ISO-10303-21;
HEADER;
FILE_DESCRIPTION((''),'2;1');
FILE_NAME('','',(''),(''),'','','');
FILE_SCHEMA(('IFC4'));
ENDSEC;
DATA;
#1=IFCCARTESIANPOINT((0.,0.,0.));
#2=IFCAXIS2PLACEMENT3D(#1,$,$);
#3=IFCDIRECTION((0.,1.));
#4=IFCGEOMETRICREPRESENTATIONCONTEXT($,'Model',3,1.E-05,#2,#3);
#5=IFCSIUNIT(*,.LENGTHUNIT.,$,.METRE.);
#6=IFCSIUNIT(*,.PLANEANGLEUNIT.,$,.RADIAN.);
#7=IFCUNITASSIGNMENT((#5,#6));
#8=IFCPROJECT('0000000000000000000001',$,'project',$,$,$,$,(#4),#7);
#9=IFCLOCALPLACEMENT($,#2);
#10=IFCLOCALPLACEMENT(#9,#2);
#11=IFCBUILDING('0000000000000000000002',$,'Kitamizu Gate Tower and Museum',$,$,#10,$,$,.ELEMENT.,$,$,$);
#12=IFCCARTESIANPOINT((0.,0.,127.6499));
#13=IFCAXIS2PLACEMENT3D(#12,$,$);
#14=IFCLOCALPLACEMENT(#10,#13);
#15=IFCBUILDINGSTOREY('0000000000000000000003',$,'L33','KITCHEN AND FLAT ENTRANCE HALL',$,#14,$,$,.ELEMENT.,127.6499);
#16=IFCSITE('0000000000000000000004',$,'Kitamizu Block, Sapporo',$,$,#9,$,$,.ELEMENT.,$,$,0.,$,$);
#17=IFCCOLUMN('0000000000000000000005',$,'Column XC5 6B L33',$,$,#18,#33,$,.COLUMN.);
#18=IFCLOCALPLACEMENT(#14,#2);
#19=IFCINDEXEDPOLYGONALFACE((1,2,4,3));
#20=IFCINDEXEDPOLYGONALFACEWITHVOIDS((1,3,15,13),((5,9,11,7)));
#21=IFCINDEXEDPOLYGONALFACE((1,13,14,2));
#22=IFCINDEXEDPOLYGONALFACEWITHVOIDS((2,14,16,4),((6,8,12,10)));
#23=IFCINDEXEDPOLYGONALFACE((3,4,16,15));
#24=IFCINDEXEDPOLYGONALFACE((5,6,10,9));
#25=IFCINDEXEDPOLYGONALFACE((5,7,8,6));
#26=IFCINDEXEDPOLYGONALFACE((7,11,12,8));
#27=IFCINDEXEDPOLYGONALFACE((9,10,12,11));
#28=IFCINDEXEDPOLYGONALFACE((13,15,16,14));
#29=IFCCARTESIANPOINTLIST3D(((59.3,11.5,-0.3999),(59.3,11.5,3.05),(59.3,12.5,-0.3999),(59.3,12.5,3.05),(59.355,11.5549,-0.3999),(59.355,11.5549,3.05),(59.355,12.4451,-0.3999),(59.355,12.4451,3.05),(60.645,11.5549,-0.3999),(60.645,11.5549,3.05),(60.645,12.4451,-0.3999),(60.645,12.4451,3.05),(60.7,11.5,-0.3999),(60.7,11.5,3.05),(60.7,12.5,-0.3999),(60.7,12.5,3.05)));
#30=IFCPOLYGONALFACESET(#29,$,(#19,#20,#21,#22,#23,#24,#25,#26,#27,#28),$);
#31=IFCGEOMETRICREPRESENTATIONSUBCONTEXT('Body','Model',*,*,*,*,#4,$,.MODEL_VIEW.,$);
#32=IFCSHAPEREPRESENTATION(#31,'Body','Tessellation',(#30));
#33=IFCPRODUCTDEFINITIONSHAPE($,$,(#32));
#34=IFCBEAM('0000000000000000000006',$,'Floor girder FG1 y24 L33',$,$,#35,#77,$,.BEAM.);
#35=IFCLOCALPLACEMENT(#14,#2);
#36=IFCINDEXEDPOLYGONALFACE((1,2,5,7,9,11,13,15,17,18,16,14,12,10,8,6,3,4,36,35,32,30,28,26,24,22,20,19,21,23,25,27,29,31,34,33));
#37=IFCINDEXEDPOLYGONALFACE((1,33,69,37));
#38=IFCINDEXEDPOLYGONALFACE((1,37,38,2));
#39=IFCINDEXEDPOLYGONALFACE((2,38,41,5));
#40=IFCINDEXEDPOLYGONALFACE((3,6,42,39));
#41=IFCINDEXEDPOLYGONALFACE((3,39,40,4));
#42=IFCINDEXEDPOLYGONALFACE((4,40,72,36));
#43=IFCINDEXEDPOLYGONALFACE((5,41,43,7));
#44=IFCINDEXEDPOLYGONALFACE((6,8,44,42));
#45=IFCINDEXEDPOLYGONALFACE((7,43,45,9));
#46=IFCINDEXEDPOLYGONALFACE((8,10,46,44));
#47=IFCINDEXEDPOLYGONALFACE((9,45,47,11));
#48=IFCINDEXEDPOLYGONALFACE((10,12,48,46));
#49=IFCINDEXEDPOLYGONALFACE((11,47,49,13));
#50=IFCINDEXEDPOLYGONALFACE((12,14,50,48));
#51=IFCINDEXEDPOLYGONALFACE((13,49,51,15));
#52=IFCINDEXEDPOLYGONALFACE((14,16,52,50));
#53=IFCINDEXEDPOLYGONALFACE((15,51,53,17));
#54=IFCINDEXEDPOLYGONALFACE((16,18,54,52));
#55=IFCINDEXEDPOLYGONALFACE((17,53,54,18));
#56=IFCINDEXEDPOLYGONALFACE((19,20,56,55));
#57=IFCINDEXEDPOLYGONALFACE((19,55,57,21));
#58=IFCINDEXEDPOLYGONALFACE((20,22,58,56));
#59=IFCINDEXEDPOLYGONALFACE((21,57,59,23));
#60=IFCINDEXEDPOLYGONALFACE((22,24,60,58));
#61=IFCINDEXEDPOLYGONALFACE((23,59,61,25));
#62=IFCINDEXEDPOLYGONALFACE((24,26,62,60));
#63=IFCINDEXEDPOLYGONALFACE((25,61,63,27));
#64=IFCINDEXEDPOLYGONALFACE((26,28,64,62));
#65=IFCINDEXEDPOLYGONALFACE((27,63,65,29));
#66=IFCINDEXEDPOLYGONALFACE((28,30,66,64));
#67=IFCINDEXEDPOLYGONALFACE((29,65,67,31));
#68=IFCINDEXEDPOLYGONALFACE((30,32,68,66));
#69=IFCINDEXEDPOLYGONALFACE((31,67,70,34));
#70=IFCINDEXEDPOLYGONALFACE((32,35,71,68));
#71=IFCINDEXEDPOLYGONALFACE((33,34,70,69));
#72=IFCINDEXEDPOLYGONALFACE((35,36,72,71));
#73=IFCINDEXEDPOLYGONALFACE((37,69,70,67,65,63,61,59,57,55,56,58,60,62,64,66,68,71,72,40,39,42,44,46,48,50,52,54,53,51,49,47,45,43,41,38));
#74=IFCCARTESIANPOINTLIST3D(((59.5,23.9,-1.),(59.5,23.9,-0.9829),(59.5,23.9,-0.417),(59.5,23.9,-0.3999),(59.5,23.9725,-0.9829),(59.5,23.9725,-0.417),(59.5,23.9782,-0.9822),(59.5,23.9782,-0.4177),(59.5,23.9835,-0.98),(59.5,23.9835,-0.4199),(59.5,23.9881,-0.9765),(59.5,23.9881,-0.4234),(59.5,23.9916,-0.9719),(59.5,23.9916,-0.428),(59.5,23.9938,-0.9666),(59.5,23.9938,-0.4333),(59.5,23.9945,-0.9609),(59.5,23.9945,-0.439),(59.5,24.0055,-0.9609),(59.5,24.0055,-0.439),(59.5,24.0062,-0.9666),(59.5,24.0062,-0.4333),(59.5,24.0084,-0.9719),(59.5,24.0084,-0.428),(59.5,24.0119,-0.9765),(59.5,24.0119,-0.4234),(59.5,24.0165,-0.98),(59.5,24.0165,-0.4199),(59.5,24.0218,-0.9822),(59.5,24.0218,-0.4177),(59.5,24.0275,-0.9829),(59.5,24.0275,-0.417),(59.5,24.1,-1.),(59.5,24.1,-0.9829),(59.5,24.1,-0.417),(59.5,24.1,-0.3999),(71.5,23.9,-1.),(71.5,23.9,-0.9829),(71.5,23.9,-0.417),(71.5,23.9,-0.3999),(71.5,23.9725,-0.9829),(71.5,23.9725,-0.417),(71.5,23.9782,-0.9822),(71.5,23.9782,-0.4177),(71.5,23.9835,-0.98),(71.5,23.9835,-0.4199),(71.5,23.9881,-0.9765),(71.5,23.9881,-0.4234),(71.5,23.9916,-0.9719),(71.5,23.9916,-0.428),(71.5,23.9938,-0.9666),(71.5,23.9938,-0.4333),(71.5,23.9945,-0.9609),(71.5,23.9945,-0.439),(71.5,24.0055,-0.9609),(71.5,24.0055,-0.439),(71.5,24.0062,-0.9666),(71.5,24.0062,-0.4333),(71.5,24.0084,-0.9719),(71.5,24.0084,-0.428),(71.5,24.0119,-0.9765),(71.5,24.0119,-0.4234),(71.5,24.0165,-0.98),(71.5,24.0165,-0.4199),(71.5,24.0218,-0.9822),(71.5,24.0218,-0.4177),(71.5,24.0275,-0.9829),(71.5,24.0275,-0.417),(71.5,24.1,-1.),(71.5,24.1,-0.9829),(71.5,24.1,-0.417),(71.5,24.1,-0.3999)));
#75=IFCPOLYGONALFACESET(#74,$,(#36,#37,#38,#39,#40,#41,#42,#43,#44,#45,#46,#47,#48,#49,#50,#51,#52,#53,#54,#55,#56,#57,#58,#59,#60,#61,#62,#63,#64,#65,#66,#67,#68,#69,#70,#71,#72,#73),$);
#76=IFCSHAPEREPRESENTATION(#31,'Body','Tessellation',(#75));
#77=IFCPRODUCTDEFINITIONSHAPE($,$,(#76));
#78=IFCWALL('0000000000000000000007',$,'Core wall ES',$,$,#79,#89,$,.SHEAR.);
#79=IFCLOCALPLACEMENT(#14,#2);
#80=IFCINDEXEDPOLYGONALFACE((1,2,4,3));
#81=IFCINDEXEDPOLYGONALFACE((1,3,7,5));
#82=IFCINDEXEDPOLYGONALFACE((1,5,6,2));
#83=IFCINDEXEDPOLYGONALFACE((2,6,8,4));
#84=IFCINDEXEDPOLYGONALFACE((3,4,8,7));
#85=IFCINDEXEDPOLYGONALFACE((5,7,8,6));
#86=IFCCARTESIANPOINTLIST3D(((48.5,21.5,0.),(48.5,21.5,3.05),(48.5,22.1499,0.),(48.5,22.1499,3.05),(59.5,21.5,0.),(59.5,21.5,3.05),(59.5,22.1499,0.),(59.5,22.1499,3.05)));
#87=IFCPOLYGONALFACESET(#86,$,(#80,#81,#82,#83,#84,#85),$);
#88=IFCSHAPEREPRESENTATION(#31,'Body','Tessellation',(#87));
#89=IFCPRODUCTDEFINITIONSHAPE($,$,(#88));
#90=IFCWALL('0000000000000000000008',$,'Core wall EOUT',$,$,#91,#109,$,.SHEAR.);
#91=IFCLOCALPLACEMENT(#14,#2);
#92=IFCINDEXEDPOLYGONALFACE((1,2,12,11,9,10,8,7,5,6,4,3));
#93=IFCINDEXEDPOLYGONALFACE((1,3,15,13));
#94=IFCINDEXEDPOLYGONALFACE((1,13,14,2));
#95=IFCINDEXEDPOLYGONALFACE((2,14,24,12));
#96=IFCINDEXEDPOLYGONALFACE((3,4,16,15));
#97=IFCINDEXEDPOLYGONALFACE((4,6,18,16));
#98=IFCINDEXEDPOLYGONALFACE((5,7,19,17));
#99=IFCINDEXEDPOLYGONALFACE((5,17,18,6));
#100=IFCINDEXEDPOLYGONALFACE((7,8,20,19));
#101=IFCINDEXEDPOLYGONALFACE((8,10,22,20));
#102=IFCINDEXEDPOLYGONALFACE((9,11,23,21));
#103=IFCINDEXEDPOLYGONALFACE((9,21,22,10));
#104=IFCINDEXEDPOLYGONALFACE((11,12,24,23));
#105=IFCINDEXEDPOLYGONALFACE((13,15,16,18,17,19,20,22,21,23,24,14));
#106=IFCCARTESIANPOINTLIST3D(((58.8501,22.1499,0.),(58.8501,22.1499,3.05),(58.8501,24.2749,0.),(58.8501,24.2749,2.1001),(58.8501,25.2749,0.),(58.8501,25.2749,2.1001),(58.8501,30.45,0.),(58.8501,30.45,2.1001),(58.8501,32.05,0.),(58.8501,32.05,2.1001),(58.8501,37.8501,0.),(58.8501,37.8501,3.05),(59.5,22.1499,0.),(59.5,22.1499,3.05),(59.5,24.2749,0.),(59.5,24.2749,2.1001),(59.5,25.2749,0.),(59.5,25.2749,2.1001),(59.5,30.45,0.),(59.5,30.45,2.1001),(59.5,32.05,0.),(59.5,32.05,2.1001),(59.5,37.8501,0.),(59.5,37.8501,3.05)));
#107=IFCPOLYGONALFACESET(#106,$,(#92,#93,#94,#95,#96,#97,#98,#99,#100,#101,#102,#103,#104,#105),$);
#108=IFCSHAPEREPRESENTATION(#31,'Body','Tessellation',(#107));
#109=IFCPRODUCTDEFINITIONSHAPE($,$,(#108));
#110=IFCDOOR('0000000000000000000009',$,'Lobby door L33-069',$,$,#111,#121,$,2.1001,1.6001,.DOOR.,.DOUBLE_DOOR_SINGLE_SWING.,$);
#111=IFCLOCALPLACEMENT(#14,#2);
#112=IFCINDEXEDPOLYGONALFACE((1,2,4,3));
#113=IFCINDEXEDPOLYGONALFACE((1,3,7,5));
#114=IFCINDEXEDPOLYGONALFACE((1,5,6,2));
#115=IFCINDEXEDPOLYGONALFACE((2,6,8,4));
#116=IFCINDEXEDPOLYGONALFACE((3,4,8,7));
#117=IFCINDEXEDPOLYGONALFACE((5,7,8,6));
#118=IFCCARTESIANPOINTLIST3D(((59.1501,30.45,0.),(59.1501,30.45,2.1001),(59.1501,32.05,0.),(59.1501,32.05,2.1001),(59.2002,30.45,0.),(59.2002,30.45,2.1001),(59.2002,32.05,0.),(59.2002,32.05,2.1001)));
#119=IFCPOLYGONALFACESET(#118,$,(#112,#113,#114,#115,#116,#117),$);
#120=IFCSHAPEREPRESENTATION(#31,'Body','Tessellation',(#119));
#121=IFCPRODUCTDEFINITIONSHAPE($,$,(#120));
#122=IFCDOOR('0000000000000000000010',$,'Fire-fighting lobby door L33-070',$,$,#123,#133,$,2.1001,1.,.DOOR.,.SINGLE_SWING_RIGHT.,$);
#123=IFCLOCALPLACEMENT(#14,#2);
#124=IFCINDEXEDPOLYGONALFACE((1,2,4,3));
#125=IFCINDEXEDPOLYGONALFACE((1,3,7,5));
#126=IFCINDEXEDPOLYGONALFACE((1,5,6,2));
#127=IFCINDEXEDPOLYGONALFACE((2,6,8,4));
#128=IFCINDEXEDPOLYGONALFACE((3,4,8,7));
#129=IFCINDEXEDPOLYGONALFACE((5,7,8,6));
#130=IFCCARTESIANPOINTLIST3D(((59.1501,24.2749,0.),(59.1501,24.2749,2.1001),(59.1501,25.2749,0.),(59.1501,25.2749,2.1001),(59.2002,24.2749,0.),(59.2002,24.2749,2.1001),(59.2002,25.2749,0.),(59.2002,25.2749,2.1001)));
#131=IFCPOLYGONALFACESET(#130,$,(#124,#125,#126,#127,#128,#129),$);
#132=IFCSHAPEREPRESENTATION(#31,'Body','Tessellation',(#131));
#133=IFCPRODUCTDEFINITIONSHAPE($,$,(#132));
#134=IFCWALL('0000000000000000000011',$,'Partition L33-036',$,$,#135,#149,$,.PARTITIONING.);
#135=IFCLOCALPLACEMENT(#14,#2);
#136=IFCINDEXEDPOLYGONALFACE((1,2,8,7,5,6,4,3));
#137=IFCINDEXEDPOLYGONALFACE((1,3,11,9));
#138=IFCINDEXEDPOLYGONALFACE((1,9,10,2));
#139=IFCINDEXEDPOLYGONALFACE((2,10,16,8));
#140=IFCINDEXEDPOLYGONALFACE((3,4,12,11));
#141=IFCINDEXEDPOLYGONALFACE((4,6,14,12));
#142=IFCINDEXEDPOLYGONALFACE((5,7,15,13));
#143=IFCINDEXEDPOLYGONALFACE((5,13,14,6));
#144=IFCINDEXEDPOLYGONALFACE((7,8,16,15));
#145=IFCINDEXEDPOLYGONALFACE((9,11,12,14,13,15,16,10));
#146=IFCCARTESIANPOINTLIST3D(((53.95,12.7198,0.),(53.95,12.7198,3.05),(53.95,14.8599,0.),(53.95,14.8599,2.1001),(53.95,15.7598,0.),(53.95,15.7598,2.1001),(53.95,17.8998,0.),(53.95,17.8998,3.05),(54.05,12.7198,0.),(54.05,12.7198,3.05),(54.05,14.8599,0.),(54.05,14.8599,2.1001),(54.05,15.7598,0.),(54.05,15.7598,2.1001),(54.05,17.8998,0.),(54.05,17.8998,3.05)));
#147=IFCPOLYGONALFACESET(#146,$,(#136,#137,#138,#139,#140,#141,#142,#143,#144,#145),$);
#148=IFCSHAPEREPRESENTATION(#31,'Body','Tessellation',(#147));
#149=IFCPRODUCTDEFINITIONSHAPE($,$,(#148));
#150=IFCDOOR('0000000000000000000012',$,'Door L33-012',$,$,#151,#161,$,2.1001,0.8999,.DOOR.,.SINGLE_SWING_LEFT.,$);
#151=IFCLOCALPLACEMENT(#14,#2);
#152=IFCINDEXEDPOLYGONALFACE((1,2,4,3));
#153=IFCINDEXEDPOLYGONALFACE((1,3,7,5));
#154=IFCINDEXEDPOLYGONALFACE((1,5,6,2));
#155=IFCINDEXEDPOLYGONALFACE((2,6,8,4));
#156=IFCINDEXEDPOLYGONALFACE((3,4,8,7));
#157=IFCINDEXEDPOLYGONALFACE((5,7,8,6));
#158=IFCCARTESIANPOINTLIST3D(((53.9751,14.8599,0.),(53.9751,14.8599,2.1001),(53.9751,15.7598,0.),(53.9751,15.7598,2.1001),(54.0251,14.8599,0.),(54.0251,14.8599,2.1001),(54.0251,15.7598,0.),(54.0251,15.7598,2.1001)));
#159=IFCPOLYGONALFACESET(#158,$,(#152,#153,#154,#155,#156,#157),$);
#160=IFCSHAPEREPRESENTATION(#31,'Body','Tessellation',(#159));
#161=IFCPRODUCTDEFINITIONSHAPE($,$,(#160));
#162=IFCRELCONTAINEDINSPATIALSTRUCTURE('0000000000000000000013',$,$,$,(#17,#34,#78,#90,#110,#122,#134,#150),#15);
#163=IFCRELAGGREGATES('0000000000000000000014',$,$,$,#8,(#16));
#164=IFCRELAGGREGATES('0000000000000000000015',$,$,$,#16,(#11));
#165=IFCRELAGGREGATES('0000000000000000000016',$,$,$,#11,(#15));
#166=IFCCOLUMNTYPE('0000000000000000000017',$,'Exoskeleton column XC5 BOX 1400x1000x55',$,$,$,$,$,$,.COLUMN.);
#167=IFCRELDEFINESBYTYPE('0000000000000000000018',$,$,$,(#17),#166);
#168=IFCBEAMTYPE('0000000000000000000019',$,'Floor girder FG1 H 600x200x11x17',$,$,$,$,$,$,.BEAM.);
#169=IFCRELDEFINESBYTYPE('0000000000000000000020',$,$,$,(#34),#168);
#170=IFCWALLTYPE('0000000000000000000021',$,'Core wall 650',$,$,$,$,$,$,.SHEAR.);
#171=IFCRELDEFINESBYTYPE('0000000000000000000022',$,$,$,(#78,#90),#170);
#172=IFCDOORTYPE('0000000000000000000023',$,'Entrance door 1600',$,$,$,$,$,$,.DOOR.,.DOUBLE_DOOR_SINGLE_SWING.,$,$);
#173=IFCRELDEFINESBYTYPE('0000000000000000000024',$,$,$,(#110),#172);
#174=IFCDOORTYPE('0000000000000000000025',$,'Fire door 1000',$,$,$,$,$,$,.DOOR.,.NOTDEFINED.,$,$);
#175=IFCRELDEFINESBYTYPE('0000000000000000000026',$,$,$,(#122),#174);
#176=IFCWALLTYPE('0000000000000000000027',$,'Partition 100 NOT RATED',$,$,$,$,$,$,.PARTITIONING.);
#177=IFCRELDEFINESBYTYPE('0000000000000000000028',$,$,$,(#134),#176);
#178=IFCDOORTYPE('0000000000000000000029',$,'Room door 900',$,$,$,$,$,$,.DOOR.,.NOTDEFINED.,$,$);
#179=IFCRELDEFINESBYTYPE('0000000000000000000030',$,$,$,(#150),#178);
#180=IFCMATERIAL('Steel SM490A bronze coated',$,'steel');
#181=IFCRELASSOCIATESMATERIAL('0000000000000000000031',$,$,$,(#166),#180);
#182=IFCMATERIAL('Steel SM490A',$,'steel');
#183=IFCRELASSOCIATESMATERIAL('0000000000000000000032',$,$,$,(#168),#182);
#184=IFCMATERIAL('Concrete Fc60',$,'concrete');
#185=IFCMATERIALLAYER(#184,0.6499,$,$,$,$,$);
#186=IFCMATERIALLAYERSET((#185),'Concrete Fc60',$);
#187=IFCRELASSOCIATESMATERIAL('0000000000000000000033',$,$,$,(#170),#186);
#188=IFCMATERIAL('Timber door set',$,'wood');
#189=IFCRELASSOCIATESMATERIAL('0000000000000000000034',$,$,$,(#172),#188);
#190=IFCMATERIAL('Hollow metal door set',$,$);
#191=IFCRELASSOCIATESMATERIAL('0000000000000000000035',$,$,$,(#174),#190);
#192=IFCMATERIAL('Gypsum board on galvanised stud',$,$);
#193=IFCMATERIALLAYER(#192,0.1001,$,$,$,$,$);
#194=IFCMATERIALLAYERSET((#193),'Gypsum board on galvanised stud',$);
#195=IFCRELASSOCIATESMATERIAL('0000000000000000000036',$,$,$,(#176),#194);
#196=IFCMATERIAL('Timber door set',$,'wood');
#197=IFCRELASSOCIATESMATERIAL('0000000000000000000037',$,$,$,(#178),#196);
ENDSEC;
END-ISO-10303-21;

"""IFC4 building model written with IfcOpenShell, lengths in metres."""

from ifc_helpers import new_model, si_unit, direction, frame, frame_2d, origin, origin_2d, place, context, subcontext, project, spatial, rectangle, hollow_rectangle, i_section, extrude, material, layer, layer_set, material_profile, profile_set, type_object, element, fill, save


model = new_model("IFC4")

# Units and contexts
model_context = context("Model", 3, precision=1e-05, world=origin(), true_north=direction((0.0, 1.0)))
body_context = subcontext(model_context, "Body", "Model", "MODEL_VIEW")
ifc_project = project(units=[si_unit("LENGTHUNIT", "METRE"), si_unit("PLANEANGLEUNIT", "RADIAN")], contexts=[model_context])

# Site, building, storey
site_placement = place(None, origin())
site = spatial("IfcSite", under=ifc_project, at=site_placement, Name="Kitamizu Block, Sapporo", CompositionType="ELEMENT", RefElevation=0.0)
building_placement = place(site_placement, origin())
building = spatial("IfcBuilding", under=site, at=building_placement, Name="Kitamizu Gate Tower and Museum", CompositionType="ELEMENT")
storey_placement = place(building_placement, frame((0.0, 0.0, 127.6499)))
storey = spatial("IfcBuildingStorey", under=building, at=storey_placement, Name="L33", Description="KITCHEN AND FLAT ENTRANCE HALL", CompositionType="ELEMENT", Elevation=127.6499)

# Column
ifc_material_1 = material(Name="Steel SM490A bronze coated", Category="steel")
ifc_material_profile_1 = material_profile(ifc_material_1, hollow_rectangle(XDim=1.3999, YDim=1.0, WallThickness=0.0549, at=origin_2d()), Name="BOX 1400x1000x55")
ifc_profile_set_1 = profile_set([ifc_material_profile_1], Name="Steel SM490A bronze coated")
column_type = type_object("IfcColumnType", Name="Exoskeleton column XC5 BOX 1400x1000x55", PredefinedType="COLUMN", material=ifc_profile_set_1)
column_placement = place(storey_placement, frame((60.0, 12.0, -0.3999), z_axis=(0.0, 0.0, 1.0), x_axis=(1.0, 0.0, 0.0)))
element("IfcColumn", 1, at=column_placement, inside=storey, type_object=column_type, Name="Column XC5 6B L33", PredefinedType="COLUMN", context=body_context, shape_type="SweptSolid", body=[
    extrude(hollow_rectangle(XDim=1.3999, YDim=1.0, WallThickness=0.0549, at=origin_2d()), origin(), (0.0, 0.0, 1.0), 3.45),
])

# Beam
ifc_material_2 = material(Name="Steel SM490A", Category="steel")
ifc_material_profile_2 = material_profile(ifc_material_2, i_section(OverallWidth=0.2, OverallDepth=0.6001, WebThickness=0.011, FlangeThickness=0.0171, FilletRadius=0.022, at=origin_2d()), Name="H-600x200x11x17")
ifc_profile_set_2 = profile_set([ifc_material_profile_2], Name="Steel SM490A")
beam_type = type_object("IfcBeamType", Name="Floor girder FG1 H 600x200x11x17", PredefinedType="BEAM", material=ifc_profile_set_2)
beam_placement = place(storey_placement, frame((59.5, 24.0, -0.7), z_axis=(1.0, 0.0, 0.0), x_axis=(0.0, 1.0, 0.0)))
element("IfcBeam", 2, at=beam_placement, inside=storey, type_object=beam_type, Name="Floor girder FG1 y24 L33", PredefinedType="BEAM", context=body_context, shape_type="SweptSolid", body=[
    extrude(i_section(OverallWidth=0.2, OverallDepth=0.6001, WebThickness=0.011, FlangeThickness=0.0171, FilletRadius=0.022, at=origin_2d()), origin(), (0.0, 0.0, 1.0), 12.0),
])

# Wall
ifc_material_3 = material(Name="Concrete Fc60", Category="concrete")
ifc_layer_1 = layer(ifc_material_3, 0.6499)
ifc_layer_set_1 = layer_set([ifc_layer_1], Name="Concrete Fc60")
wall_type_1 = type_object("IfcWallType", Name="Core wall 650", PredefinedType="SHEAR", material=ifc_layer_set_1)
wall_1_placement = place(storey_placement, frame((59.5, 21.825, 0.0), z_axis=(0.0, 0.0, 1.0), x_axis=(-1.0, 0.0, 0.0)))
element("IfcWall", 3, at=wall_1_placement, inside=storey, type_object=wall_type_1, Name="Core wall ES", PredefinedType="SHEAR", context=body_context, shape_type="SweptSolid", body=[
    extrude(rectangle(XDim=11.0, YDim=0.6499, at=frame_2d((5.5, 0.0))), origin(), (0.0, 0.0, 1.0), 3.05),
])

# Wall, openings, doors
wall_2_placement = place(storey_placement, frame((59.175, 22.1499, 0.0), z_axis=(0.0, 0.0, 1.0), x_axis=(0.0, 1.0, 0.0)))
wall_2 = element("IfcWall", 4, at=wall_2_placement, inside=storey, type_object=wall_type_1, Name="Core wall EOUT", PredefinedType="SHEAR", context=body_context, shape_type="SweptSolid", body=[
    extrude(rectangle(XDim=15.7002, YDim=0.6499, at=frame_2d((7.8501, 0.0))), origin(), (0.0, 0.0, 1.0), 3.05),
])
opening_1_placement = place(wall_2_placement, frame((8.3, 0.0, 0.0)))
opening_1 = element("IfcOpeningElement", 5, at=opening_1_placement, cuts=wall_2, PredefinedType="OPENING", context=body_context, shape_type="SweptSolid", body=[
    extrude(rectangle(XDim=1.6001, YDim=2.1001, at=frame_2d((0.8, 1.05))), frame((0.0, 0.335, 0.0), z_axis=(0.0, -1.0, 0.0), x_axis=(1.0, 0.0, 0.0)), (0.0, 0.0, 1.0), 0.6699),
])
opening_2_placement = place(wall_2_placement, frame((2.125, 0.0, 0.0)))
opening_2 = element("IfcOpeningElement", 6, at=opening_2_placement, cuts=wall_2, PredefinedType="OPENING", context=body_context, shape_type="SweptSolid", body=[
    extrude(rectangle(XDim=1.0, YDim=2.1001, at=frame_2d((0.5, 1.05))), frame((0.0, 0.335, 0.0), z_axis=(0.0, -1.0, 0.0), x_axis=(1.0, 0.0, 0.0)), (0.0, 0.0, 1.0), 0.6699),
])
ifc_material_4 = material(Name="Timber door set", Category="wood")
door_type_1 = type_object("IfcDoorType", Name="Entrance door 1600", OperationType="DOUBLE_DOOR_SINGLE_SWING", PredefinedType="DOOR", material=ifc_material_4)
door_1_placement = place(opening_1_placement, origin())
door_1 = element("IfcDoor", 7, at=door_1_placement, inside=storey, type_object=door_type_1, Name="Lobby door L33-069", OperationType="DOUBLE_DOOR_SINGLE_SWING", OverallHeight=2.1001, OverallWidth=1.6001, PredefinedType="DOOR", context=body_context, shape_type="SweptSolid", body=[
    extrude(rectangle(XDim=1.6001, YDim=2.1001, at=frame_2d((0.8, 1.05))), frame((0.0, 0.0249, 0.0), z_axis=(0.0, -1.0, 0.0), x_axis=(1.0, 0.0, 0.0)), (0.0, 0.0, 1.0), 0.05),
])
fill(opening_1, door_1)
ifc_material_5 = material(Name="Hollow metal door set")
door_type_2 = type_object("IfcDoorType", Name="Fire door 1000", OperationType="NOTDEFINED", PredefinedType="DOOR", material=ifc_material_5)
door_2_placement = place(opening_2_placement, origin())
door_2 = element("IfcDoor", 8, at=door_2_placement, inside=storey, type_object=door_type_2, Name="Fire-fighting lobby door L33-070", OperationType="SINGLE_SWING_RIGHT", OverallHeight=2.1001, OverallWidth=1.0, PredefinedType="DOOR", context=body_context, shape_type="SweptSolid", body=[
    extrude(rectangle(XDim=1.0, YDim=2.1001, at=frame_2d((0.5, 1.05))), frame((0.0, 0.0249, 0.0), z_axis=(0.0, -1.0, 0.0), x_axis=(1.0, 0.0, 0.0)), (0.0, 0.0, 1.0), 0.05),
])
fill(opening_2, door_2)

# Wall, opening, door
ifc_material_6 = material(Name="Gypsum board on galvanised stud")
ifc_layer_2 = layer(ifc_material_6, 0.1001)
ifc_layer_set_2 = layer_set([ifc_layer_2], Name="Gypsum board on galvanised stud")
wall_type_2 = type_object("IfcWallType", Name="Partition 100 NOT RATED", PredefinedType="PARTITIONING", material=ifc_layer_set_2)
wall_3_placement = place(storey_placement, frame((54.0, 12.72, 0.0), z_axis=(0.0, 0.0, 1.0), x_axis=(0.0, 1.0, 0.0)))
wall_3 = element("IfcWall", 9, at=wall_3_placement, inside=storey, type_object=wall_type_2, Name="Partition L33-036", PredefinedType="PARTITIONING", context=body_context, shape_type="SweptSolid", body=[
    extrude(rectangle(XDim=5.1799, YDim=0.1001, at=frame_2d((2.5898, 0.0))), origin(), (0.0, 0.0, 1.0), 3.05),
])
opening_3_placement = place(wall_3_placement, frame((2.1399, 0.0, 0.0)))
opening_3 = element("IfcOpeningElement", 10, at=opening_3_placement, cuts=wall_3, PredefinedType="OPENING", context=body_context, shape_type="SweptSolid", body=[
    extrude(rectangle(XDim=0.8999, YDim=2.1001, at=frame_2d((0.45, 1.05))), frame((0.0, 0.0601, 0.0), z_axis=(0.0, -1.0, 0.0), x_axis=(1.0, 0.0, 0.0)), (0.0, 0.0, 1.0), 0.1201),
])
ifc_material_7 = material(Name="Timber door set", Category="wood")
door_type_3 = type_object("IfcDoorType", Name="Room door 900", OperationType="NOTDEFINED", PredefinedType="DOOR", material=ifc_material_7)
door_3_placement = place(opening_3_placement, origin())
door_3 = element("IfcDoor", 11, at=door_3_placement, inside=storey, type_object=door_type_3, Name="Door L33-012", OperationType="SINGLE_SWING_LEFT", OverallHeight=2.1001, OverallWidth=0.8999, PredefinedType="DOOR", context=body_context, shape_type="SweptSolid", body=[
    extrude(rectangle(XDim=0.8999, YDim=2.1001, at=frame_2d((0.45, 1.05))), frame((0.0, 0.0249, 0.0), z_axis=(0.0, -1.0, 0.0), x_axis=(1.0, 0.0, 0.0)), (0.0, 0.0, 1.0), 0.05),
])
fill(opening_3, door_3)

save(model, "model.ifc")
